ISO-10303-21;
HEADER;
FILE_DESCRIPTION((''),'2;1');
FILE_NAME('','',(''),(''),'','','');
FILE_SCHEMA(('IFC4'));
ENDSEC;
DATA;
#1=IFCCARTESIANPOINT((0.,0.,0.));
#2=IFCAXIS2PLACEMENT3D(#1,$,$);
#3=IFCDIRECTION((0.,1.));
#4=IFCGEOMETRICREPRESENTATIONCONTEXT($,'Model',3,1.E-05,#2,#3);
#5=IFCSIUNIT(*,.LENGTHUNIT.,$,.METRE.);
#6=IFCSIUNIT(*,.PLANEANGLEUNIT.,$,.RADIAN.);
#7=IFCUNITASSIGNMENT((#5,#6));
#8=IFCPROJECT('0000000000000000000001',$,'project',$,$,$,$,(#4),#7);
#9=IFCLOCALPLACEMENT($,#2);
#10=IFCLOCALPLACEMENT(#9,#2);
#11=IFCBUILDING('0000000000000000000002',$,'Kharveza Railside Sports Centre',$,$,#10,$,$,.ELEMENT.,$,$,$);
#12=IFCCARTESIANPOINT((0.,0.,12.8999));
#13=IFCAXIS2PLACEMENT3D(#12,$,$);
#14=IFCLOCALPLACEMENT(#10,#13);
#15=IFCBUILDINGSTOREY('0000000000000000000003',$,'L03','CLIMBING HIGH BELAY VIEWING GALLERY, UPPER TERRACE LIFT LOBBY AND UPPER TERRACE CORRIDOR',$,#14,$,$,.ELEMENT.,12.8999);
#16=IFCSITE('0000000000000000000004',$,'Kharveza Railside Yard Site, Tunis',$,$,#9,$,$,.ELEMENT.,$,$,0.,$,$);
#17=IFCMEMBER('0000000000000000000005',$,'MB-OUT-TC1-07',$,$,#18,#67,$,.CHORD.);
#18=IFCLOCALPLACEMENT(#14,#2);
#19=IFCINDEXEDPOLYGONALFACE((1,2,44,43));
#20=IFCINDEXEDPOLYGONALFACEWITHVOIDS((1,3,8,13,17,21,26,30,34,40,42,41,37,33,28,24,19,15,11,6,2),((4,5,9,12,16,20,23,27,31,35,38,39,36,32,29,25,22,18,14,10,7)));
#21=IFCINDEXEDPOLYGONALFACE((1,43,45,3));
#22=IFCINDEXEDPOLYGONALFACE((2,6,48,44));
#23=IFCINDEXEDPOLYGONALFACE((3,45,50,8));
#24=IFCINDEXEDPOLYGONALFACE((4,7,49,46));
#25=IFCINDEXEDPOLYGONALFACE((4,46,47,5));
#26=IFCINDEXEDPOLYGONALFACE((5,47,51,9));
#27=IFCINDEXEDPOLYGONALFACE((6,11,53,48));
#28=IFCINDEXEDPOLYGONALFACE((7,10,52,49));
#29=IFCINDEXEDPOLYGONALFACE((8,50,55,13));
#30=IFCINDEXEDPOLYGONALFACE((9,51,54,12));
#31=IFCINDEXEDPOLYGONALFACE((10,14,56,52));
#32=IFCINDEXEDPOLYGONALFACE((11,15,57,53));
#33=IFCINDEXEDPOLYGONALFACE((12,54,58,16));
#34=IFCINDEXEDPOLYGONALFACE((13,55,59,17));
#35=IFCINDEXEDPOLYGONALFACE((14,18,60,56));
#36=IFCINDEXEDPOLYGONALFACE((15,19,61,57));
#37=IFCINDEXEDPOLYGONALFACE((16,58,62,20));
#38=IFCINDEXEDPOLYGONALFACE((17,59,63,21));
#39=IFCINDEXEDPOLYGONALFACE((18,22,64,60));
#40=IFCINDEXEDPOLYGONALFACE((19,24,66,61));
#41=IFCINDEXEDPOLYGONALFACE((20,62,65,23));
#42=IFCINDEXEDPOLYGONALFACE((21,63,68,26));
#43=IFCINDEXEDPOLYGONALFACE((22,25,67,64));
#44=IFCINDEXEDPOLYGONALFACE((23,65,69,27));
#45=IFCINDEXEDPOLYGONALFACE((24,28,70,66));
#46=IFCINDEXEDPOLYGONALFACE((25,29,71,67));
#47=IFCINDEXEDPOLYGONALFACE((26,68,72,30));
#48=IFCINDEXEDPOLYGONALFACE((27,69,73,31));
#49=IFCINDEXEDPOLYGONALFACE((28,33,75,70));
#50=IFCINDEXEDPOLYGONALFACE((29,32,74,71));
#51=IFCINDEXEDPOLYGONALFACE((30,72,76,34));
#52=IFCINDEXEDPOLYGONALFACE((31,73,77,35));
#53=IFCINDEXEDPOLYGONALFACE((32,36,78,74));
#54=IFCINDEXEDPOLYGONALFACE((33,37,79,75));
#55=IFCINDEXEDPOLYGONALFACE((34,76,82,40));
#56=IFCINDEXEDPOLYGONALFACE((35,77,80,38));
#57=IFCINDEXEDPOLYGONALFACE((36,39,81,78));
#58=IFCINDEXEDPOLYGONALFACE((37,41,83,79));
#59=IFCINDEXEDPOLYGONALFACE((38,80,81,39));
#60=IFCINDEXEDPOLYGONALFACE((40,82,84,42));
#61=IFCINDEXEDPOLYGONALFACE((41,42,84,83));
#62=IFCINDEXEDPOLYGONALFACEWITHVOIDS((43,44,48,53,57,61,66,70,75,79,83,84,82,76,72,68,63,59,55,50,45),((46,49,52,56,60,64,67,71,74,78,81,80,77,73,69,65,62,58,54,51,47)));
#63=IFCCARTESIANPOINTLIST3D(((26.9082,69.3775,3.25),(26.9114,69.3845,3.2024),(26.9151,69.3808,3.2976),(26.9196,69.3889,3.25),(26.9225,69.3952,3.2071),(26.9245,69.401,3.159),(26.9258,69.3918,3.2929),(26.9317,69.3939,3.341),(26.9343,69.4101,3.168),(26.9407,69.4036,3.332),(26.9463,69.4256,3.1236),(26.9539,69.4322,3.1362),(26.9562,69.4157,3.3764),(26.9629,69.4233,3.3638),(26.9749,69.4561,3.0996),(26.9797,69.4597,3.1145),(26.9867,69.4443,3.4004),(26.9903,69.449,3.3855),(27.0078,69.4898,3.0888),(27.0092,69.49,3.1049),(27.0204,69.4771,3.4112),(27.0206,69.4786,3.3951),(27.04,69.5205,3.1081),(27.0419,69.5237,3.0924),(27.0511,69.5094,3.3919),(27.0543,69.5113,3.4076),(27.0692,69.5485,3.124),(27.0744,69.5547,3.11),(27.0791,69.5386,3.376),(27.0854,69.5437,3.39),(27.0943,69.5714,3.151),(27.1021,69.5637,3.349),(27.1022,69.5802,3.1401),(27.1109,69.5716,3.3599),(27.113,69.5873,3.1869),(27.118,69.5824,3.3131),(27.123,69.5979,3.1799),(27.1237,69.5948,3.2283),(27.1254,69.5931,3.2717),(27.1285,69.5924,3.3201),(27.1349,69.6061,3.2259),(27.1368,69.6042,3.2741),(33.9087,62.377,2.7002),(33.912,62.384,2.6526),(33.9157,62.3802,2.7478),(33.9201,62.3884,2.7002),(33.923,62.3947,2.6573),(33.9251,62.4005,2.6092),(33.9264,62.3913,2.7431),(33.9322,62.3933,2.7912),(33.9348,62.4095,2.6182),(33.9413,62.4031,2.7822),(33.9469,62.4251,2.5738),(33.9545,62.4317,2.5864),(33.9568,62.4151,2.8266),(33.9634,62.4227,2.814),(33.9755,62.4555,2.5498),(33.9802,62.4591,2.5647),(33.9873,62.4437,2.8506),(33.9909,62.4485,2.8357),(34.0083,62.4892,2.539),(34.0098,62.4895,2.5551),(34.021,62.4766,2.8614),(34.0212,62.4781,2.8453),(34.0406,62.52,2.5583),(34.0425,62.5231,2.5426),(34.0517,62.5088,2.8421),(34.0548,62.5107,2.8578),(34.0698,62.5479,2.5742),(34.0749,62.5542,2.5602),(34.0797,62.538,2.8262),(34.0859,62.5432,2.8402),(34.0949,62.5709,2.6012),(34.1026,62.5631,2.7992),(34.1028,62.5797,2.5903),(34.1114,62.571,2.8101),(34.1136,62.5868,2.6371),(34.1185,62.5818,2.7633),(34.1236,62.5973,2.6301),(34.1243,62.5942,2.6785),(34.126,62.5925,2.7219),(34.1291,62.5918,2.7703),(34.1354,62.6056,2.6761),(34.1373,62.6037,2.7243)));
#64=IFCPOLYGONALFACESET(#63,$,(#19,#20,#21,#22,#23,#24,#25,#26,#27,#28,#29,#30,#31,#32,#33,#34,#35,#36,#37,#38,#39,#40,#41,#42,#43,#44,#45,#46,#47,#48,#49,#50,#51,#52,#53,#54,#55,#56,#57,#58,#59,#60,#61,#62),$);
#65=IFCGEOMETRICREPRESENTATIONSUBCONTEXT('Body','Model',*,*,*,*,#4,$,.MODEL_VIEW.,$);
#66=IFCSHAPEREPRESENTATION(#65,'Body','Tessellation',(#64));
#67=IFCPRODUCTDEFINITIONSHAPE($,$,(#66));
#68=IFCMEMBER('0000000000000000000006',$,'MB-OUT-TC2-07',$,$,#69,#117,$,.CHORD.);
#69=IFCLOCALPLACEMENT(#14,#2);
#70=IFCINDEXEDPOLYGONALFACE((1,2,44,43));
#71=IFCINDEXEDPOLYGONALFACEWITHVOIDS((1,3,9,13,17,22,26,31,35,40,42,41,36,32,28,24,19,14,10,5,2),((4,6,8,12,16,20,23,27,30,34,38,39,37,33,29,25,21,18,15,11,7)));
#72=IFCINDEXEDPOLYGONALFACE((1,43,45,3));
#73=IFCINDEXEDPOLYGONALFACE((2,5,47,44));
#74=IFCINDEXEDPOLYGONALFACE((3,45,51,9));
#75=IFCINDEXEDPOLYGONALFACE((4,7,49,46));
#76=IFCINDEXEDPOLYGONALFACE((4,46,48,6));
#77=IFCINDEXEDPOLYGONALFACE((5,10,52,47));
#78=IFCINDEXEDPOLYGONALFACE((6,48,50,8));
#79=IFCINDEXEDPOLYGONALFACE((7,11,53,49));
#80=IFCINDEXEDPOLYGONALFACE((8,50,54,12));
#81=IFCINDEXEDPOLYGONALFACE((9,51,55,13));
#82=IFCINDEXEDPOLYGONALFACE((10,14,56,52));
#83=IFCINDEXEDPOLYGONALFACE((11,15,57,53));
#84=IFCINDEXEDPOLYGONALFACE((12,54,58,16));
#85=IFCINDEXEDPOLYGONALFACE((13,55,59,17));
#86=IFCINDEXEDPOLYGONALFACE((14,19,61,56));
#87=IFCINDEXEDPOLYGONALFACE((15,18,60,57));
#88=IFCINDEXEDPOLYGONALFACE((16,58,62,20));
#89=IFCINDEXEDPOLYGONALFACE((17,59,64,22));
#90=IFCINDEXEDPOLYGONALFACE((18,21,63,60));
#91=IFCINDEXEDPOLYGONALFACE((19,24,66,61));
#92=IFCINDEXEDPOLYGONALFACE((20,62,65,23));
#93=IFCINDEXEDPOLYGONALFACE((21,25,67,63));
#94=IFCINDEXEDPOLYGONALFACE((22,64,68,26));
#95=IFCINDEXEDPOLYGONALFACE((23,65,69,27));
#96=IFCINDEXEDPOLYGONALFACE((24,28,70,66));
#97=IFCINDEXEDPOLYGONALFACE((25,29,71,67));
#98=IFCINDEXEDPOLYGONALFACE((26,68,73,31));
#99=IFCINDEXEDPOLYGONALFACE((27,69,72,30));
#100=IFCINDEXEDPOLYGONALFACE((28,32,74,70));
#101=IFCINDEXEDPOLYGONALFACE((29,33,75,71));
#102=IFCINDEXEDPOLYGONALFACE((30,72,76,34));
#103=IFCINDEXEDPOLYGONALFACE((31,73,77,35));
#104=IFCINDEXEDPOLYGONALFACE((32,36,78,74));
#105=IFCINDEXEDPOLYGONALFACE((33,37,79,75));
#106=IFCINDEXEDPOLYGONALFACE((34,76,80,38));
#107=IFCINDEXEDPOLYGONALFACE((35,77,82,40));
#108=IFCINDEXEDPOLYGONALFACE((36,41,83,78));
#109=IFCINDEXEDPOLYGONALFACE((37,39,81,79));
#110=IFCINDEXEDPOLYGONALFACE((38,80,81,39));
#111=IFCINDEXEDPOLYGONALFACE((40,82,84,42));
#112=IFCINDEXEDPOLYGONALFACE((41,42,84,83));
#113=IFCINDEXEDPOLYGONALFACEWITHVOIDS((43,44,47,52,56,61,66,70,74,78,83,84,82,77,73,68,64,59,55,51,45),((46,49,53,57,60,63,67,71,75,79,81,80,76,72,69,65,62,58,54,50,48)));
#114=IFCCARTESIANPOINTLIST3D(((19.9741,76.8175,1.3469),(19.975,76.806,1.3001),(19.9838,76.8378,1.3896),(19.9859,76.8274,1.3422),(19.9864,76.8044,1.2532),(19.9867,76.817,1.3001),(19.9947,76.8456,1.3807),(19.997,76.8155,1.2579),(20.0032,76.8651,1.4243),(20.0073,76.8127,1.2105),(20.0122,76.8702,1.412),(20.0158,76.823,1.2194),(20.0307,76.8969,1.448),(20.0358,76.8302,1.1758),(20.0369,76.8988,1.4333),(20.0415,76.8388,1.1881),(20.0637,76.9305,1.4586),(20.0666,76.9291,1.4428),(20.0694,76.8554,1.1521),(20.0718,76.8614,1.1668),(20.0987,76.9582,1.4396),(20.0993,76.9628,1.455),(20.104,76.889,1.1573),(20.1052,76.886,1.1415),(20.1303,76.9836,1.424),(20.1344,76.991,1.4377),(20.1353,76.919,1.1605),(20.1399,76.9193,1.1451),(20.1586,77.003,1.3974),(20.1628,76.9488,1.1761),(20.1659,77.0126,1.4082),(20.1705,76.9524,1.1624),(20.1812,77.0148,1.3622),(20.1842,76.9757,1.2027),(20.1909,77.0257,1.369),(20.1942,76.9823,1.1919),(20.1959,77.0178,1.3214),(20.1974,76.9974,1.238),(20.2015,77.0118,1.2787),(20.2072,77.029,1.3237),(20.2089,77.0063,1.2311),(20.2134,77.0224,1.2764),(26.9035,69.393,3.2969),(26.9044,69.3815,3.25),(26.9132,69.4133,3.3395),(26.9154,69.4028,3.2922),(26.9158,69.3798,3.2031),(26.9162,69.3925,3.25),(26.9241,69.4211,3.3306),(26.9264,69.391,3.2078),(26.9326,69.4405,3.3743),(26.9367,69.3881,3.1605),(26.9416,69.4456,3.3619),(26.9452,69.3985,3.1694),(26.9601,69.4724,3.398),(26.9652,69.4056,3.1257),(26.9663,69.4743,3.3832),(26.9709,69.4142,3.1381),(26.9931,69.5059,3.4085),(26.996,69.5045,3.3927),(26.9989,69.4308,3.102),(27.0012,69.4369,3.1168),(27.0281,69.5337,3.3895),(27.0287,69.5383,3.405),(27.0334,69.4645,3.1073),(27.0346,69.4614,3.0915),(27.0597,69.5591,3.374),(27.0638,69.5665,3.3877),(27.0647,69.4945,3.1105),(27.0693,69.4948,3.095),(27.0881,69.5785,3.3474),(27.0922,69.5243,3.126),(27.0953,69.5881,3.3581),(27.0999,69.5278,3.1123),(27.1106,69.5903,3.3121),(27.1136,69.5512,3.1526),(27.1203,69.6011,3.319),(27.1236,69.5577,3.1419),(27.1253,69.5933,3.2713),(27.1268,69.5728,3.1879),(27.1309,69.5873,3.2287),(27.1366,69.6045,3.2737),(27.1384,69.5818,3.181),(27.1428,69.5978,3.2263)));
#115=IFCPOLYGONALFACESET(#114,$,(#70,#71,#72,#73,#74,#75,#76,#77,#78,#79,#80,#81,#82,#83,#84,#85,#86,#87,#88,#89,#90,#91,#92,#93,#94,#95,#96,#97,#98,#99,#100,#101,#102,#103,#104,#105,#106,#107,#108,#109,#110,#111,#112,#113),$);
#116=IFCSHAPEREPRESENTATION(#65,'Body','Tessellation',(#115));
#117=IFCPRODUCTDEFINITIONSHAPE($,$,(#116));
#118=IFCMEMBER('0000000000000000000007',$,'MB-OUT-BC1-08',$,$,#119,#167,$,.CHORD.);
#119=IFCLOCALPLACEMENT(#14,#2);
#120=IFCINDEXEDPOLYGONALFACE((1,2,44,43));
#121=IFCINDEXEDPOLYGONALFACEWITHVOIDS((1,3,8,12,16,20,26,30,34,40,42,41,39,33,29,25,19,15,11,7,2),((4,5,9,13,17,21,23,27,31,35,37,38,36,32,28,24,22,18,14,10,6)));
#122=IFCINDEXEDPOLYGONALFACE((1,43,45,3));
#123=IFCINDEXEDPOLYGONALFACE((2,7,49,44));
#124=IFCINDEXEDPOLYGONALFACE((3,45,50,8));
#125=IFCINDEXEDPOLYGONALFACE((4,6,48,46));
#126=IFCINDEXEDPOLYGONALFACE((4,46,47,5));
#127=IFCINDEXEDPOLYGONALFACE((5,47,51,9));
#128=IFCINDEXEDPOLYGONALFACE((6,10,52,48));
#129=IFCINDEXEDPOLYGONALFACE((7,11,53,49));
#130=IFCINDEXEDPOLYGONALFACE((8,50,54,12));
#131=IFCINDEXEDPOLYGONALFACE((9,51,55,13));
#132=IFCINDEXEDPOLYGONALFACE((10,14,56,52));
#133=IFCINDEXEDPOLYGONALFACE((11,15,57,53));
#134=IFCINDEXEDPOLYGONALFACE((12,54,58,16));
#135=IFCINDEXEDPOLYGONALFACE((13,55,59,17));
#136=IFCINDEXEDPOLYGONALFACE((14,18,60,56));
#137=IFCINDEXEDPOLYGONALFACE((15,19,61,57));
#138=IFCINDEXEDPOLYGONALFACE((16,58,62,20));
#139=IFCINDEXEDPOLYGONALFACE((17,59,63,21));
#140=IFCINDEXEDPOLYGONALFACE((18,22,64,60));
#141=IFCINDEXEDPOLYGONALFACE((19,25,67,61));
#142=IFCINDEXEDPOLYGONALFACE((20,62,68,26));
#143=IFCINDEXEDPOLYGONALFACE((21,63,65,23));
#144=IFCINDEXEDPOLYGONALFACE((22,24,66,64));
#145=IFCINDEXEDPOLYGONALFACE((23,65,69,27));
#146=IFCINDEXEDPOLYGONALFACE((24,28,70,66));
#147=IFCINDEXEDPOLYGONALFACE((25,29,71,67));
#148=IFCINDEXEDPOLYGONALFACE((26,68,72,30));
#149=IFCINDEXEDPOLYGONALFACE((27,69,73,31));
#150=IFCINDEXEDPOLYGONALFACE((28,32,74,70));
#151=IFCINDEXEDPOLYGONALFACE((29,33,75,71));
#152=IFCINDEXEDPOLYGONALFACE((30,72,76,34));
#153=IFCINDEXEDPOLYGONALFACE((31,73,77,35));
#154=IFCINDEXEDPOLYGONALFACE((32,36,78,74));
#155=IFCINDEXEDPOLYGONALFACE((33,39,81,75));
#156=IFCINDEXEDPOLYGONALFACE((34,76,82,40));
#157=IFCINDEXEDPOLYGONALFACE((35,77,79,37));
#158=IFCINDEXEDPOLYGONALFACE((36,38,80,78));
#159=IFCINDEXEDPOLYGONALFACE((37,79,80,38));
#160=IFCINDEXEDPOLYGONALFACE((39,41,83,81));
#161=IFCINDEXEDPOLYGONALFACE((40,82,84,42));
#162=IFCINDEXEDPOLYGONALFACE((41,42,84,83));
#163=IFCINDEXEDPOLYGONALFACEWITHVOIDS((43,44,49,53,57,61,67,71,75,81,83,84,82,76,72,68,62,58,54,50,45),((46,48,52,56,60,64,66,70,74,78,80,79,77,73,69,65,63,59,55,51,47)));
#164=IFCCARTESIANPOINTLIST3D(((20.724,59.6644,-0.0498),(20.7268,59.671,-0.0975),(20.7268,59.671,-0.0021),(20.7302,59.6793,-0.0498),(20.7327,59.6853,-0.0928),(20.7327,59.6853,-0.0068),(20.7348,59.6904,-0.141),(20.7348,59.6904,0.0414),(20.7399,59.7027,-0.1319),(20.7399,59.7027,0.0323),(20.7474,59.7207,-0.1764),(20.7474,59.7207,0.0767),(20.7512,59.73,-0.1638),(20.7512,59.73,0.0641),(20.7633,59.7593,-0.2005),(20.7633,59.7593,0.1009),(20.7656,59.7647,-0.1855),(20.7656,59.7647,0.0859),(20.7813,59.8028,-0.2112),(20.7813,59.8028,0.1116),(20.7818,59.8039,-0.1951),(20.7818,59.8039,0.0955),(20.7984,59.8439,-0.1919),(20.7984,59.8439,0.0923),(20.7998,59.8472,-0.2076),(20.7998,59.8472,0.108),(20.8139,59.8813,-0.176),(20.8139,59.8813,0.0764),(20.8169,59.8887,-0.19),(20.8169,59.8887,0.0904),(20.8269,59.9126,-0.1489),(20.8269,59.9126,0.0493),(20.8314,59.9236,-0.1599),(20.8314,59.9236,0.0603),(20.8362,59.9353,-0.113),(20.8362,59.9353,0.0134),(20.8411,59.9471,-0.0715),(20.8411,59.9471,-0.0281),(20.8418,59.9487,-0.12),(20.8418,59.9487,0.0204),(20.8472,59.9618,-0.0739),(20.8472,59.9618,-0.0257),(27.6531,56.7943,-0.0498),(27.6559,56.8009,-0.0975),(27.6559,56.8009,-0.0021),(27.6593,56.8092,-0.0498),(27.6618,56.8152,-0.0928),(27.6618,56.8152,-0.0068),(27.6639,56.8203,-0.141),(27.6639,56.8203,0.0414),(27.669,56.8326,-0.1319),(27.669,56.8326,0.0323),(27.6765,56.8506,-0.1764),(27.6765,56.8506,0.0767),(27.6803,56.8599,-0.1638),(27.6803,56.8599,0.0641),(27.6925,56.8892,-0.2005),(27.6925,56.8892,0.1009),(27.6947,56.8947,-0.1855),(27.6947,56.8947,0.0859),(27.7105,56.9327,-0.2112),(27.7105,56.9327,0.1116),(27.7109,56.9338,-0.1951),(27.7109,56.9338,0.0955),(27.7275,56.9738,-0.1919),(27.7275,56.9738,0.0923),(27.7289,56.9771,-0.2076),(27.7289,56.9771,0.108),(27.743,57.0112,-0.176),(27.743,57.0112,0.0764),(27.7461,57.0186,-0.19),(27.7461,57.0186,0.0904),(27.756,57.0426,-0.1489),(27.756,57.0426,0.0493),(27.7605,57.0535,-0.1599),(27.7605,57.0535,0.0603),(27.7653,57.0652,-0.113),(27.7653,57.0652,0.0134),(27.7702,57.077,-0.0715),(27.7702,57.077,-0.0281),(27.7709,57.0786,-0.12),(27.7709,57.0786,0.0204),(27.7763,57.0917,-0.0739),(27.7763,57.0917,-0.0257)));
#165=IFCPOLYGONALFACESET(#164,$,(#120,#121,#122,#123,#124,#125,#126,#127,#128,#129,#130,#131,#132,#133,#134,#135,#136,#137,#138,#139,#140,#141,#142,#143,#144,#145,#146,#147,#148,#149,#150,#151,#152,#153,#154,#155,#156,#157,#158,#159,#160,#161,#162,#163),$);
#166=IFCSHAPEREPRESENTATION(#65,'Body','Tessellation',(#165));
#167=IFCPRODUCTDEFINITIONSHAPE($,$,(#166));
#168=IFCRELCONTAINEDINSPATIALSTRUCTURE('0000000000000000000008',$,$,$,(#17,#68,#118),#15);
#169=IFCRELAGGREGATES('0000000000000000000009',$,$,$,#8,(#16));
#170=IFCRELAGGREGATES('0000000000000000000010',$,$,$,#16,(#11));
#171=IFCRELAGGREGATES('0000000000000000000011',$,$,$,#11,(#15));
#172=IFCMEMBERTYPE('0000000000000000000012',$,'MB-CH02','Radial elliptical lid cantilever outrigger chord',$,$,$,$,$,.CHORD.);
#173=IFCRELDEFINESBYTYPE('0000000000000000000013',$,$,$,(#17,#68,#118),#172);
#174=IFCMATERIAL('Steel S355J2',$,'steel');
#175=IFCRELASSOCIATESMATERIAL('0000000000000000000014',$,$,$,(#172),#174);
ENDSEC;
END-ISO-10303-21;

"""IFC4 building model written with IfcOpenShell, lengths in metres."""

from ifc_helpers import new_model, si_unit, direction, frame, origin, origin_2d, place, context, subcontext, project, spatial, hollow_circle, extrude, material, material_profile, profile_set, type_object, element, save


model = new_model("IFC4")

# Units and contexts
model_context = context("Model", 3, precision=1e-05, world=origin(), true_north=direction((0.0, 1.0)))
body_context = subcontext(model_context, "Body", "Model", "MODEL_VIEW")
ifc_project = project(units=[si_unit("LENGTHUNIT", "METRE"), si_unit("PLANEANGLEUNIT", "RADIAN")], contexts=[model_context])

# Site, building, storey
site_placement = place(None, origin())
site = spatial("IfcSite", under=ifc_project, at=site_placement, Name="Kharveza Railside Yard Site, Tunis", CompositionType="ELEMENT", RefElevation=0.0)
building_placement = place(site_placement, origin())
building = spatial("IfcBuilding", under=site, at=building_placement, Name="Kharveza Railside Sports Centre", CompositionType="ELEMENT")
storey_placement = place(building_placement, frame((0.0, 0.0, 12.8999)))
storey = spatial("IfcBuildingStorey", under=building, at=storey_placement, Name="L03", Description="CLIMBING HIGH BELAY VIEWING GALLERY, UPPER TERRACE LIFT LOBBY AND UPPER TERRACE CORRIDOR", CompositionType="ELEMENT", Elevation=12.8999)

# Shared definitions
ifc_material_1 = material(Name="Steel S355J2", Category="steel")

# Members
ifc_material_profile_1 = material_profile(ifc_material_1, hollow_circle(Radius=0.1619, WallThickness=0.0161, at=origin_2d()), Name="CHS 323.9x16.0")
ifc_profile_set_1 = profile_set([ifc_material_profile_1], Name="Steel S355J2")
member_type_1 = type_object("IfcMemberType", Name="MB-CH02", Description="Radial elliptical lid cantilever outrigger chord", PredefinedType="CHORD", material=ifc_profile_set_1)
member_1_placement = place(storey_placement, frame((34.0232, 62.4915, 2.7002), z_axis=(-0.706019, 0.706019, 0.055449), x_axis=(-0.707107, -0.707107, 0.0)))
element("IfcMember", 1, at=member_1_placement, inside=storey, type_object=member_type_1, Name="MB-OUT-TC1-07", PredefinedType="CHORD", context=body_context, shape_type="SweptSolid", body=[
    extrude(hollow_circle(Radius=0.1619, WallThickness=0.0161, at=origin_2d()), origin(), (0.0, 0.0, 1.0), 9.9155),
])
member_2_placement = place(storey_placement, frame((27.0227, 69.4919, 3.25), z_axis=(-0.670071, 0.717949, -0.188559), x_axis=(-0.731062, -0.682311, 0.0)))
element("IfcMember", 2, at=member_2_placement, inside=storey, type_object=member_type_1, Name="MB-OUT-TC2-07", PredefinedType="CHORD", context=body_context, shape_type="SweptSolid", body=[
    extrude(hollow_circle(Radius=0.1619, WallThickness=0.0161, at=origin_2d()), origin(), (0.0, 0.0, 1.0), 10.3413),
])
member_3_placement = place(storey_placement, frame((27.7151, 56.9438, -0.0498), z_axis=(-0.923882, 0.382678, 0.0), x_axis=(-0.382678, -0.923882, 0.0)))
element("IfcMember", 3, at=member_3_placement, inside=storey, type_object=member_type_1, Name="MB-OUT-BC1-08", PredefinedType="CHORD", context=body_context, shape_type="SweptSolid", body=[
    extrude(hollow_circle(Radius=0.1619, WallThickness=0.0161, at=origin_2d()), origin(), (0.0, 0.0, 1.0), 7.5),
])

save(model, "model.ifc")
